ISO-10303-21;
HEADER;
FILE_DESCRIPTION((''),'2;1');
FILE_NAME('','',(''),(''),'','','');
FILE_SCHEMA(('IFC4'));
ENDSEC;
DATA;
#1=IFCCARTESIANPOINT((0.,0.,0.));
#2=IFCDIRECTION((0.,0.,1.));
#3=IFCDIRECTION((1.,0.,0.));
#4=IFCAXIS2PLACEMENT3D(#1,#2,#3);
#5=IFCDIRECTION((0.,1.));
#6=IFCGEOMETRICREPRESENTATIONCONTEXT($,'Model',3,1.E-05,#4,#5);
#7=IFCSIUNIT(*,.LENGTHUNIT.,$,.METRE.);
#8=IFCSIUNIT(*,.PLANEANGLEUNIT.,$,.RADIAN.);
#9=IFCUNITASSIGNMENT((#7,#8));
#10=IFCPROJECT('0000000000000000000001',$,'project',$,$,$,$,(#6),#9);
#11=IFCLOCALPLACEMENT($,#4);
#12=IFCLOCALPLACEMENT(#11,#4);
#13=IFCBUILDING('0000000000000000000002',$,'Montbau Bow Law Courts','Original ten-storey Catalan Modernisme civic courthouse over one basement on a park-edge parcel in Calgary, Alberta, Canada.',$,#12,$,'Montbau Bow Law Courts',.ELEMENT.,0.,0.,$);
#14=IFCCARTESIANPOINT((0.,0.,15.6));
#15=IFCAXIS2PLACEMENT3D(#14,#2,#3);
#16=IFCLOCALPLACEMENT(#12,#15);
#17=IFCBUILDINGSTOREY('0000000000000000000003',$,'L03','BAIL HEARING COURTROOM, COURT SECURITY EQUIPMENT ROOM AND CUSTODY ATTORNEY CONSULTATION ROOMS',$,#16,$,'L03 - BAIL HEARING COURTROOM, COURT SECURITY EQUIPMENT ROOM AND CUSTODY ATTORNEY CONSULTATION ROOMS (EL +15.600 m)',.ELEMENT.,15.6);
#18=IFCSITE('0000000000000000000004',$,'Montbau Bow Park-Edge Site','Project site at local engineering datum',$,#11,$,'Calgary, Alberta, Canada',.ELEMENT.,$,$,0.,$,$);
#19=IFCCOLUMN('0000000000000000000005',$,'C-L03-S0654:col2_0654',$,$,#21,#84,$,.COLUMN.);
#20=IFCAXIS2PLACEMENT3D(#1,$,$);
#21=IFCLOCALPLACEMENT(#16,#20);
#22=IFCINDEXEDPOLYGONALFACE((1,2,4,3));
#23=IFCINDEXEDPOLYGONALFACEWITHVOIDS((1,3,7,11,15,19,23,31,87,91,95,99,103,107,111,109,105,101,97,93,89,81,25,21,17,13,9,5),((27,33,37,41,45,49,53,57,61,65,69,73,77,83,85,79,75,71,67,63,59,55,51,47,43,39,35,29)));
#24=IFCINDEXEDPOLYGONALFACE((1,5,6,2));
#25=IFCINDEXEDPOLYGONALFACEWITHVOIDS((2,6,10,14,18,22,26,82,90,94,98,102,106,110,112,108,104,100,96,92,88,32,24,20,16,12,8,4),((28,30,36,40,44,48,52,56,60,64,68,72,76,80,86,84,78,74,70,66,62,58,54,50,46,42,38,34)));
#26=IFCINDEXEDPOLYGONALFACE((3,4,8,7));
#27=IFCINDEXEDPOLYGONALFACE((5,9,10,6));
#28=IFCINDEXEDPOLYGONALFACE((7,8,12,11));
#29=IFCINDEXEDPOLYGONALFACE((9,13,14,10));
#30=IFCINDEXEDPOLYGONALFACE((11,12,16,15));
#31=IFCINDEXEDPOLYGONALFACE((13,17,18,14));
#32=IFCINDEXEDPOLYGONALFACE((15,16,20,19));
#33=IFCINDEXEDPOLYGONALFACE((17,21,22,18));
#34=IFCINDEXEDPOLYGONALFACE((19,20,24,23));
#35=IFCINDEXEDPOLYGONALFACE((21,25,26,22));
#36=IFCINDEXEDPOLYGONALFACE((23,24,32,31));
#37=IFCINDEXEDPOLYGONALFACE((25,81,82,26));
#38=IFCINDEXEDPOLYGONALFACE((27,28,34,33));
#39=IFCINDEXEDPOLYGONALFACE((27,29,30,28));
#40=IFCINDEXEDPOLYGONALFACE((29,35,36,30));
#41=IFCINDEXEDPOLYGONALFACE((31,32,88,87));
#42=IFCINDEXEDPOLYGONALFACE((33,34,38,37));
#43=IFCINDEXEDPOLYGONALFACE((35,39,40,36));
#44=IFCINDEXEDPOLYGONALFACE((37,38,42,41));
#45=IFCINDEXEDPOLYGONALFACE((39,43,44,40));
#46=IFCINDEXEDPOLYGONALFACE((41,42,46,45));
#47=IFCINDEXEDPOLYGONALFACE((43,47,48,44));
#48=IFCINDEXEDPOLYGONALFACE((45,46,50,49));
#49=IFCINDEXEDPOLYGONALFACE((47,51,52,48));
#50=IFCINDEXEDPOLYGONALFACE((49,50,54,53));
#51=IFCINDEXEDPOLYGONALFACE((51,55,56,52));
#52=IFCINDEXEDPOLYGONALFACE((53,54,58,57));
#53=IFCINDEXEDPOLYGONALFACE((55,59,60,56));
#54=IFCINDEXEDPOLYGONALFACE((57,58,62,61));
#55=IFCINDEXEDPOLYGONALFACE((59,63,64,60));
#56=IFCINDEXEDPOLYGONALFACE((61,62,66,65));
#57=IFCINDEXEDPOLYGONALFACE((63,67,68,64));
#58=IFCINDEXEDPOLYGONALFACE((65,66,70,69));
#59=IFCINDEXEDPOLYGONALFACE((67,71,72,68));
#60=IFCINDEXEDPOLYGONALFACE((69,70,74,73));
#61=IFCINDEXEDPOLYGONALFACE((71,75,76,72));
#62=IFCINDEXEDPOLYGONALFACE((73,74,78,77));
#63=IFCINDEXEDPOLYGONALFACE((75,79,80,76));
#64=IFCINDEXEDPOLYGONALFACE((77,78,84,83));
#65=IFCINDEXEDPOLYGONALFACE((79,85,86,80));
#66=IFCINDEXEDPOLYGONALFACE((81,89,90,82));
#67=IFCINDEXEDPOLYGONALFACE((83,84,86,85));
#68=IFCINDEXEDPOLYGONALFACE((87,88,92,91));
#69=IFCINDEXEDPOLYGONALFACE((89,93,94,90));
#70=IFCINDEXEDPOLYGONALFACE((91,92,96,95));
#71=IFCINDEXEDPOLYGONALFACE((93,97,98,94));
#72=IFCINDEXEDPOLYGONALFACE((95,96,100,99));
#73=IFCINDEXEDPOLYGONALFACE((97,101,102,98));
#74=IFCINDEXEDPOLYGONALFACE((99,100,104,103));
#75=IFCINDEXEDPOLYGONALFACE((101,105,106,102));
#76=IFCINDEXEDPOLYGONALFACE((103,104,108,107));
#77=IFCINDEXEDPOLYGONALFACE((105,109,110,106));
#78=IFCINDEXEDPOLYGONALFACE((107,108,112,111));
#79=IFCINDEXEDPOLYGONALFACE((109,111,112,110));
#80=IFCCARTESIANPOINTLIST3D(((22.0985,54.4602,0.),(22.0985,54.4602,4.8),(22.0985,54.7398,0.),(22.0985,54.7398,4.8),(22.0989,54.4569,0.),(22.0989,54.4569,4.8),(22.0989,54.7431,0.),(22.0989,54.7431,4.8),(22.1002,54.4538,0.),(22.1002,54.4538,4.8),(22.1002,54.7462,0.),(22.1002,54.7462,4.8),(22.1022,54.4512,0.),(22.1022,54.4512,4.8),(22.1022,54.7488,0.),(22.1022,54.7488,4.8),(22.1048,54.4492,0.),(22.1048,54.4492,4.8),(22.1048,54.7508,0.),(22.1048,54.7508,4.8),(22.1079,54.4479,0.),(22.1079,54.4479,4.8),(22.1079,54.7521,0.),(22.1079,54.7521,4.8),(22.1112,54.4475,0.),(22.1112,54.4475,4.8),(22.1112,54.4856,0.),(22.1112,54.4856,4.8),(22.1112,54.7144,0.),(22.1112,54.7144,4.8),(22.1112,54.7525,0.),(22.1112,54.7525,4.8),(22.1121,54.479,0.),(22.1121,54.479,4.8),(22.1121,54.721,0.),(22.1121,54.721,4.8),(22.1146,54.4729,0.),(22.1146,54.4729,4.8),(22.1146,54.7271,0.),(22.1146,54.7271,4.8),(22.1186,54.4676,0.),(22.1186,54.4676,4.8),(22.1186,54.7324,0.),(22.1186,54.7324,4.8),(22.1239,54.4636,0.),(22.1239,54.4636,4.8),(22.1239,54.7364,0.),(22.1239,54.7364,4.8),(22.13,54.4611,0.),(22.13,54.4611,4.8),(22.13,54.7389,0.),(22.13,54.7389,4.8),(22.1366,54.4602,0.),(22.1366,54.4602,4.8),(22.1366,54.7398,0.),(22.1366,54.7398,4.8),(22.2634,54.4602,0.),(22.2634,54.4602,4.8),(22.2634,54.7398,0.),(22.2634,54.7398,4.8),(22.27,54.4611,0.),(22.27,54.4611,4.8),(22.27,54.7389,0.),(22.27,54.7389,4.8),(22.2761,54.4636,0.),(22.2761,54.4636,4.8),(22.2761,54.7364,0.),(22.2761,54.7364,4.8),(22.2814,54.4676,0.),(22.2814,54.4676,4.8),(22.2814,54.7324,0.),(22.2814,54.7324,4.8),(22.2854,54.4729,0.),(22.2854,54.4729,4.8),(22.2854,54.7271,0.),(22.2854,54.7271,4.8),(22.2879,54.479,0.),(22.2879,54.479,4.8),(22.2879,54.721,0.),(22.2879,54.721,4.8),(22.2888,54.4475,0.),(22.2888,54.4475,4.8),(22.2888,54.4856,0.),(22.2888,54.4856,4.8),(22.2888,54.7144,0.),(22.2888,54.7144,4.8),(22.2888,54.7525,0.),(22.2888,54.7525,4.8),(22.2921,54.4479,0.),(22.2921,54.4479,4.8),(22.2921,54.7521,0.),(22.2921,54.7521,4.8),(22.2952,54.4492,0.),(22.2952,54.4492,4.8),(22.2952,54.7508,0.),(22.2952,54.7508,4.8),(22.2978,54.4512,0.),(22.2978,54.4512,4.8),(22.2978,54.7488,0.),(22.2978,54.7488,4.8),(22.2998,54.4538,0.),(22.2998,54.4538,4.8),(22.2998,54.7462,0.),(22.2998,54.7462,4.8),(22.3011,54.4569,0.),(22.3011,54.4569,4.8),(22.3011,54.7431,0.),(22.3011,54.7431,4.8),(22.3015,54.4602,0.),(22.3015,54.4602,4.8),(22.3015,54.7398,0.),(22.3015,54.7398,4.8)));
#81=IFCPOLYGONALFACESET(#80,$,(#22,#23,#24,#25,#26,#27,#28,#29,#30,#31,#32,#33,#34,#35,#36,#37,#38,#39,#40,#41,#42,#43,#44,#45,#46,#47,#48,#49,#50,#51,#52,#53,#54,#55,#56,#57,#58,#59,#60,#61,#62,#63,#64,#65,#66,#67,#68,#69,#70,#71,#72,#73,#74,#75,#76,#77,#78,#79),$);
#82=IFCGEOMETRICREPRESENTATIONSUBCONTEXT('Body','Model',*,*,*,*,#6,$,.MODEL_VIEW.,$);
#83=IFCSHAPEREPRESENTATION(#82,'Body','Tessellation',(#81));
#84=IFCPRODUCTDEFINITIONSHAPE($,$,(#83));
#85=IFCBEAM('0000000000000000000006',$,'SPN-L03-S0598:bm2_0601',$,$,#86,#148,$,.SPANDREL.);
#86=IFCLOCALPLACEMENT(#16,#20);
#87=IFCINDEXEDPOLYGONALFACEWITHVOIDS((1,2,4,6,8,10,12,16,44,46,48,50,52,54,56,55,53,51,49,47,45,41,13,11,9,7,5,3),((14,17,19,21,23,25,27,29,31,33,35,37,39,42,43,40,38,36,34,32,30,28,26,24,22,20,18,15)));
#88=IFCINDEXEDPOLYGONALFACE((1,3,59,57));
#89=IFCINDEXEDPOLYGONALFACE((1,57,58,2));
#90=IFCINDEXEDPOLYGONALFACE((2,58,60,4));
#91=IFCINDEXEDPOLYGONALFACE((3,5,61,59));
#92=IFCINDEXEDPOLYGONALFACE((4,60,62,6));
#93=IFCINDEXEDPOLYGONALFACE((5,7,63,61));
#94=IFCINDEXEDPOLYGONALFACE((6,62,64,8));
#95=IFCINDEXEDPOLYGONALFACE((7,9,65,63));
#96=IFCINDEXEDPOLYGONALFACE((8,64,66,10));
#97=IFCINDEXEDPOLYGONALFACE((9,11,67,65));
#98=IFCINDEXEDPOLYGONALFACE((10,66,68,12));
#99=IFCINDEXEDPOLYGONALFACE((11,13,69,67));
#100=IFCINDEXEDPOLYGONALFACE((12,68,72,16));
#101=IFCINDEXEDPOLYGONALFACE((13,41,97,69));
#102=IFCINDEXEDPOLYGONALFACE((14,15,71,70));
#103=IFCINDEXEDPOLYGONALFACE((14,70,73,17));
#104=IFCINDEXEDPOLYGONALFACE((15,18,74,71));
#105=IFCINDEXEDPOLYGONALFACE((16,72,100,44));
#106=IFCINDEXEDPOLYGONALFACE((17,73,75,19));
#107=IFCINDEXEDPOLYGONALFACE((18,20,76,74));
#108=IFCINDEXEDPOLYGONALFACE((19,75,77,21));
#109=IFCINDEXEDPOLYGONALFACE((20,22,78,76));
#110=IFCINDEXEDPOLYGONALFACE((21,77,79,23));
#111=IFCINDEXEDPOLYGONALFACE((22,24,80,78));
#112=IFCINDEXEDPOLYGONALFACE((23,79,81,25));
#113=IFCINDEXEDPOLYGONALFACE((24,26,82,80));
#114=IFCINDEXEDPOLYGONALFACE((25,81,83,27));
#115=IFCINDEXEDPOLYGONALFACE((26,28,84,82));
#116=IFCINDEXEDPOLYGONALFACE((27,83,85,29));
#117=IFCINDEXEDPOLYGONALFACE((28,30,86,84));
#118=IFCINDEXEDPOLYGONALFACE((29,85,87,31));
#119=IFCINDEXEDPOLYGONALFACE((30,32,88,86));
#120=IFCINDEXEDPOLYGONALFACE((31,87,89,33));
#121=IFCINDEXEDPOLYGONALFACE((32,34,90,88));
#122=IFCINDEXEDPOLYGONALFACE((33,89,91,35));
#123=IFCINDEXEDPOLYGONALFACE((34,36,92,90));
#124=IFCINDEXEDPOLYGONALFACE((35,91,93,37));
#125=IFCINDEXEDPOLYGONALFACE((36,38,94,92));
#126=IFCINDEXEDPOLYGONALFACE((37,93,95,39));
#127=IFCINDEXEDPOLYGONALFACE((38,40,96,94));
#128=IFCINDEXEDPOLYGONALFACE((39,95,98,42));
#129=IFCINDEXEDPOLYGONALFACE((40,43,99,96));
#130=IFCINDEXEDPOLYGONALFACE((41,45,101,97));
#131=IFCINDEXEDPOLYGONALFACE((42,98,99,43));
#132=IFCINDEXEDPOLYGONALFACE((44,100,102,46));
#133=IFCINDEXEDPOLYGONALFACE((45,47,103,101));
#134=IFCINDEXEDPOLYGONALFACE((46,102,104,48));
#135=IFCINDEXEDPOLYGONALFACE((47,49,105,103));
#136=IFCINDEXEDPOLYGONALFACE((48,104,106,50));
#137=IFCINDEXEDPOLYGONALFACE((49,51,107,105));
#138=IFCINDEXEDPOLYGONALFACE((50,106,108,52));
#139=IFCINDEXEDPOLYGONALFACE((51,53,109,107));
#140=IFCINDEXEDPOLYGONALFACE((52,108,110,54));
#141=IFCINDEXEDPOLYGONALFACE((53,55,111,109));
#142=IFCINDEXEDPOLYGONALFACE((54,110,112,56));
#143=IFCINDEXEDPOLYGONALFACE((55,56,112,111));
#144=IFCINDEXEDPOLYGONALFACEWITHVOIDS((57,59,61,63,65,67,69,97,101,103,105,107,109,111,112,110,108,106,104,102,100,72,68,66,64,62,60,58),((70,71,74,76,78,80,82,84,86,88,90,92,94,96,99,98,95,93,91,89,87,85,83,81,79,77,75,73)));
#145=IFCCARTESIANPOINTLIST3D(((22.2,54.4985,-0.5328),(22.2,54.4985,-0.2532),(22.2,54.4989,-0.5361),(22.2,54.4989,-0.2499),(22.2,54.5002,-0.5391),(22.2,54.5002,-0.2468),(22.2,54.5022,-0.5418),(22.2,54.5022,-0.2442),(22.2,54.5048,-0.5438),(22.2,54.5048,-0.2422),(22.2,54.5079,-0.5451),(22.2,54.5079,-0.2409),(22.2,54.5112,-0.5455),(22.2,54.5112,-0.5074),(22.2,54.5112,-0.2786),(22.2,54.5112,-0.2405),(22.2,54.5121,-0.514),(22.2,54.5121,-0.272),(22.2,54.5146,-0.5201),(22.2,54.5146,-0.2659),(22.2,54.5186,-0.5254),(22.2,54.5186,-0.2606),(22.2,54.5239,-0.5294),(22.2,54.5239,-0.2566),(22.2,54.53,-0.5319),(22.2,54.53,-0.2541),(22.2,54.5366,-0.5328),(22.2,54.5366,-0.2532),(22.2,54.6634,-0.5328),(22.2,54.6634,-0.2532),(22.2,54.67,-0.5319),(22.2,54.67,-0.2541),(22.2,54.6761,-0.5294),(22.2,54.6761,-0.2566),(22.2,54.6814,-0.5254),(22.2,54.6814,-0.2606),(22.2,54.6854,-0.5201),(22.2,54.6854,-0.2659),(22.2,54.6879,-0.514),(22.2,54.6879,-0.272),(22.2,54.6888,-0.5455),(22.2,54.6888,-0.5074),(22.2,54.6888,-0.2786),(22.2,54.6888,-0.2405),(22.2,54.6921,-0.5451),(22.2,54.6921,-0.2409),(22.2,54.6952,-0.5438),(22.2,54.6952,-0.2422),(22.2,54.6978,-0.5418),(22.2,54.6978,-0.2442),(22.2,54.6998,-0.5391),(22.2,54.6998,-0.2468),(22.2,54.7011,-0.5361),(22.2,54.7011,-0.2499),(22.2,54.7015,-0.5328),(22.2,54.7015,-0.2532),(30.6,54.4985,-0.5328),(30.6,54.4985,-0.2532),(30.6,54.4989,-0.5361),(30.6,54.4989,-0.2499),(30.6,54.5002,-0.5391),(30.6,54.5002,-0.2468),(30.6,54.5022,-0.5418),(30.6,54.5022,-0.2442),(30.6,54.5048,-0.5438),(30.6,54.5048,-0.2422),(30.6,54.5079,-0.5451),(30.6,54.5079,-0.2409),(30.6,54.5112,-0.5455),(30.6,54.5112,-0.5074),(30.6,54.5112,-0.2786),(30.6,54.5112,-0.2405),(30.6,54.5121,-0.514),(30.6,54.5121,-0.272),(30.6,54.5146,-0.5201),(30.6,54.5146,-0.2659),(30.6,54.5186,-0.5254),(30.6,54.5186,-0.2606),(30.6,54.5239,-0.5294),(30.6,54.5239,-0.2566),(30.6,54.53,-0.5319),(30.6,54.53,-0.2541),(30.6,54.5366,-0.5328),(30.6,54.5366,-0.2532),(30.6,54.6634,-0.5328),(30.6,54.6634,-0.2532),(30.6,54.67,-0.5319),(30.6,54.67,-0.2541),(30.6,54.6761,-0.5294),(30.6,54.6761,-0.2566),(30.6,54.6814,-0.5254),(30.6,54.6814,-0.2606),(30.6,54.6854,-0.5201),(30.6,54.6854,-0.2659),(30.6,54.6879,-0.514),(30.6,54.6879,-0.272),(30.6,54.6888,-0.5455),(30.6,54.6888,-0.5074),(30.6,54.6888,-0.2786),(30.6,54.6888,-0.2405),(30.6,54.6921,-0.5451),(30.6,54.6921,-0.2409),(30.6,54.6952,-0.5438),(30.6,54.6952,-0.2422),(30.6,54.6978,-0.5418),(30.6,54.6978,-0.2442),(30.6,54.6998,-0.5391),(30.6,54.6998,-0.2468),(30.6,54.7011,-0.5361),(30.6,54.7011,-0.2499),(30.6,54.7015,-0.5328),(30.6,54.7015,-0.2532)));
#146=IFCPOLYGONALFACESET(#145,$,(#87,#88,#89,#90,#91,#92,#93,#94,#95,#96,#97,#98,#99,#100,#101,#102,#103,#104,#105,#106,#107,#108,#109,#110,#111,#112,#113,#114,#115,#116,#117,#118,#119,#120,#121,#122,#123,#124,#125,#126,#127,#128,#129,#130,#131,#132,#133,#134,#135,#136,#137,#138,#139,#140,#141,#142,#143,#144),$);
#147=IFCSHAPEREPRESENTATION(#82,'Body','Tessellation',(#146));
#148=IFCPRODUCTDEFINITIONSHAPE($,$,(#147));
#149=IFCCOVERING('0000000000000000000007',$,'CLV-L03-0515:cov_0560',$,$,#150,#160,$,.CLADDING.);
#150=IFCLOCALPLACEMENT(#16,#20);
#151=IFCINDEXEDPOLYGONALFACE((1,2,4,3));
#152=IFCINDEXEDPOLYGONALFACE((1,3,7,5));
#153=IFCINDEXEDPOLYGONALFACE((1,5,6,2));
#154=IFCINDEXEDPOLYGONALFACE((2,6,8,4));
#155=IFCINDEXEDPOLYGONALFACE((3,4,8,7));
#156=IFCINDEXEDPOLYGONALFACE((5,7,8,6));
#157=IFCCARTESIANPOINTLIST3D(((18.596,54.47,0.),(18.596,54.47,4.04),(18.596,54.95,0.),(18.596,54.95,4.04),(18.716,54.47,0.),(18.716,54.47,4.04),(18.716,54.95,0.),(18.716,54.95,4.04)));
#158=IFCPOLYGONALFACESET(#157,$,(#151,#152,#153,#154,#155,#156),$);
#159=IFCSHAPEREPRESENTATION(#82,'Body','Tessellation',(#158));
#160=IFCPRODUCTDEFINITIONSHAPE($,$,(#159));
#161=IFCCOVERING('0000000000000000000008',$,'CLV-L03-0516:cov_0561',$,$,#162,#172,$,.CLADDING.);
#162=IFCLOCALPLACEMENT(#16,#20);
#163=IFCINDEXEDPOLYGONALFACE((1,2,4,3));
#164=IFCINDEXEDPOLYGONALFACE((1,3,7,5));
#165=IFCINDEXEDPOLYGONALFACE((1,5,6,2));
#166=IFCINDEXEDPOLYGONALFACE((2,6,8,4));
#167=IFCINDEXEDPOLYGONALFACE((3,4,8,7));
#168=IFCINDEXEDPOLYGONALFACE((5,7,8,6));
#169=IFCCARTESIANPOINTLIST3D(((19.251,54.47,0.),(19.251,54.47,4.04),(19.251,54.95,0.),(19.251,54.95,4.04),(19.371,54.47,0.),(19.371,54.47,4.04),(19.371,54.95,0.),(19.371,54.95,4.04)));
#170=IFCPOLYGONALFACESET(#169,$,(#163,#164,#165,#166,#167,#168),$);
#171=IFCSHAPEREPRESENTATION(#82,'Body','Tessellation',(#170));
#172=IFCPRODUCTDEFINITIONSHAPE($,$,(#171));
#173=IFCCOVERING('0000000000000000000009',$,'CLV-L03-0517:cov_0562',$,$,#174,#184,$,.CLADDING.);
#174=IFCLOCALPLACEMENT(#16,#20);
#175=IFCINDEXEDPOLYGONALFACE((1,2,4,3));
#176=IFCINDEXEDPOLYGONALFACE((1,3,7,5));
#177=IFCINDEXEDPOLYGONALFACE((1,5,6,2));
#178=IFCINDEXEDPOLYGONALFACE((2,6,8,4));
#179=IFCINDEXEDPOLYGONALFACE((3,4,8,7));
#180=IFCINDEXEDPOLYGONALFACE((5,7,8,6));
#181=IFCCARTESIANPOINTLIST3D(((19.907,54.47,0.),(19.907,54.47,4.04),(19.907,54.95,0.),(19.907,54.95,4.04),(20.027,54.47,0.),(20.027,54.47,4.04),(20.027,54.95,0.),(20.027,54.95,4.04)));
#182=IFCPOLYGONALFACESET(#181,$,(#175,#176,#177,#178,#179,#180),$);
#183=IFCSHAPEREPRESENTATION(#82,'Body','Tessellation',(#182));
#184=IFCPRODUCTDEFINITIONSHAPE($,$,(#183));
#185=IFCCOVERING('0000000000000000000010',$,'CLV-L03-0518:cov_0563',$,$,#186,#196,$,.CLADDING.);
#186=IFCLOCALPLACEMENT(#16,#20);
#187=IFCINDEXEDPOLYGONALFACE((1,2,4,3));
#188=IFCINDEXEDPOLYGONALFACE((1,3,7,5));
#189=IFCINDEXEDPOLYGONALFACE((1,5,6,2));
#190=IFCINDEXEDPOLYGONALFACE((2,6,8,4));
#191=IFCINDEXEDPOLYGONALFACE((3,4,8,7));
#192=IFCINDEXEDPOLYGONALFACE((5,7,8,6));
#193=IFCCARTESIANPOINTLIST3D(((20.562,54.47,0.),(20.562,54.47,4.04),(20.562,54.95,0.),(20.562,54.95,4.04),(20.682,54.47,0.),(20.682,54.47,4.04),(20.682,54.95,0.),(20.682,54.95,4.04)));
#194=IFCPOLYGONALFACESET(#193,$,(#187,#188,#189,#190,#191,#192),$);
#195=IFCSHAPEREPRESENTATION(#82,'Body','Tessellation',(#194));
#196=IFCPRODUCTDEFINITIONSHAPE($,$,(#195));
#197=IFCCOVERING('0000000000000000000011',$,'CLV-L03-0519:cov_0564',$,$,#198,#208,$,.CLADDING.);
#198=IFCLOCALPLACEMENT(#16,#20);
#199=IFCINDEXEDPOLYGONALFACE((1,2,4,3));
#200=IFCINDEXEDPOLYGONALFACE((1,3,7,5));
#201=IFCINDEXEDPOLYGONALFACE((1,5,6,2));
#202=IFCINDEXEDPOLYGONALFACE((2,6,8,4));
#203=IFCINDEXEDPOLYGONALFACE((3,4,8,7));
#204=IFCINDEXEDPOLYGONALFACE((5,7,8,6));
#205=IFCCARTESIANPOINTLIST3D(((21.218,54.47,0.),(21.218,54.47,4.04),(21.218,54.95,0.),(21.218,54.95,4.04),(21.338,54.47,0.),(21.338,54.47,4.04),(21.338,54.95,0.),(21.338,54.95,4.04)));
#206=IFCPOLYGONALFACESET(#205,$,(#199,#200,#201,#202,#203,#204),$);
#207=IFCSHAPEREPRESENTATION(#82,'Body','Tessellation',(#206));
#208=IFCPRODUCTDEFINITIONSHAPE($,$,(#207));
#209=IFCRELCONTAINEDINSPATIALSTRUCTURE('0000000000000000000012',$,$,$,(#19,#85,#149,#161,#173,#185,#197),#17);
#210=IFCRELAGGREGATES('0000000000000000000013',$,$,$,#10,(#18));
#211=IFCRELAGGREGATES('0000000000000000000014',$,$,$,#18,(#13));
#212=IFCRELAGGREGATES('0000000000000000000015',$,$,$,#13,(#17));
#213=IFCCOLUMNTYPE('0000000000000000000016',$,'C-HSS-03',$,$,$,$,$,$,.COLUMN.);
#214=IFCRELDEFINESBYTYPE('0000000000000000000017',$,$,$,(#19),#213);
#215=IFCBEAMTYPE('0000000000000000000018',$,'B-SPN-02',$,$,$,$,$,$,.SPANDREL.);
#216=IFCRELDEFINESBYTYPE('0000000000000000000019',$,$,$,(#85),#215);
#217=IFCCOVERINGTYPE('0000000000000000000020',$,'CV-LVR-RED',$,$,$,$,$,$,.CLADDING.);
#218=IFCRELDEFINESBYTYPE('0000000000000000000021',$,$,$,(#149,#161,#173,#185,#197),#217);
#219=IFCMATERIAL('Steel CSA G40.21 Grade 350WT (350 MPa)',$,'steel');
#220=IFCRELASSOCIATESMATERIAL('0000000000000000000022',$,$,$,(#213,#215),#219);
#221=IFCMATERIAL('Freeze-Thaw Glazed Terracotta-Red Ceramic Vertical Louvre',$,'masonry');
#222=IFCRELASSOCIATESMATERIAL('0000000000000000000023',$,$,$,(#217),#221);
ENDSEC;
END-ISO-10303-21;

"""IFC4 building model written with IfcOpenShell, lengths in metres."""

from ifc_helpers import new_model, si_unit, direction, frame, frame_2d, origin_with_axes, origin_2d_with_axis, place, context, subcontext, project, spatial, rectangle, hollow_rectangle, extrude, material, material_profile, profile_set, type_object, element, save


model = new_model("IFC4")

# Units and contexts
model_context = context("Model", 3, precision=1e-05, world=origin_with_axes(), true_north=direction((0.0, 1.0)))
body_context = subcontext(model_context, "Body", "Model", "MODEL_VIEW")
ifc_project = project(units=[si_unit("LENGTHUNIT", "METRE"), si_unit("PLANEANGLEUNIT", "RADIAN")], contexts=[model_context])

# Site, building, storey
site_placement = place(None, origin_with_axes())
site = spatial("IfcSite", under=ifc_project, at=site_placement, Name="Montbau Bow Park-Edge Site", Description="Project site at local engineering datum", LongName="Calgary, Alberta, Canada", CompositionType="ELEMENT", RefElevation=0.0)
building_placement = place(site_placement, origin_with_axes())
building = spatial("IfcBuilding", under=site, at=building_placement, Name="Montbau Bow Law Courts", Description="Original ten-storey Catalan Modernisme civic courthouse over one basement on a park-edge parcel in Calgary, Alberta, Canada.", LongName="Montbau Bow Law Courts", CompositionType="ELEMENT", ElevationOfRefHeight=0.0, ElevationOfTerrain=0.0)
storey_placement = place(building_placement, frame((0.0, 0.0, 15.6), z_axis=(0.0, 0.0, 1.0), x_axis=(1.0, 0.0, 0.0)))
storey = spatial("IfcBuildingStorey", under=building, at=storey_placement, Name="L03", Description="BAIL HEARING COURTROOM, COURT SECURITY EQUIPMENT ROOM AND CUSTODY ATTORNEY CONSULTATION ROOMS", LongName="L03 - BAIL HEARING COURTROOM, COURT SECURITY EQUIPMENT ROOM AND CUSTODY ATTORNEY CONSULTATION ROOMS (EL +15.600 m)", CompositionType="ELEMENT", Elevation=15.6)

# Column
ifc_material_1 = material(Name="Steel CSA G40.21 Grade 350WT (350 MPa)", Category="steel")
ifc_material_profile_1 = material_profile(ifc_material_1, hollow_rectangle(XDim=0.203, YDim=0.305, WallThickness=0.0127, InnerFilletRadius=0.0254, OuterFilletRadius=0.0127, at=origin_2d_with_axis()), Name="HSS305X203X13", Category="Main", Priority=0)
ifc_profile_set_1 = profile_set([ifc_material_profile_1], Name="Steel CSA G40.21 Grade 350WT (350 MPa)")
column_type = type_object("IfcColumnType", Name="C-HSS-03", PredefinedType="COLUMN", material=ifc_profile_set_1)
column_placement = place(None, frame((22.2, 54.6, 15.6), z_axis=(0.0, 0.0, 1.0), x_axis=(1.0, 0.0, 0.0)))
element("IfcColumn", 1, at=column_placement, inside=storey, type_object=column_type, Name="C-L03-S0654:col2_0654", PredefinedType="COLUMN", context=body_context, shape_type="SweptSolid", body=[
    extrude(hollow_rectangle(XDim=0.203, YDim=0.305, WallThickness=0.0127, InnerFilletRadius=0.0254, OuterFilletRadius=0.0127, at=origin_2d_with_axis()), origin_with_axes(), (0.0, 0.0, 1.0), 4.8),
])

# Beam
ifc_material_profile_2 = material_profile(ifc_material_1, hollow_rectangle(XDim=0.203, YDim=0.305, WallThickness=0.0127, InnerFilletRadius=0.0254, OuterFilletRadius=0.0127, at=origin_2d_with_axis()), Name="HSS305X203X13", Category="Main", Priority=0)
ifc_profile_set_2 = profile_set([ifc_material_profile_2], Name="Steel CSA G40.21 Grade 350WT (350 MPa)")
beam_type = type_object("IfcBeamType", Name="B-SPN-02", PredefinedType="SPANDREL", material=ifc_profile_set_2)
beam_placement = place(None, frame((22.2, 54.6, 15.207), z_axis=(1.0, 0.0, 0.0), x_axis=(0.0, 1.0, 0.0)))
element("IfcBeam", 2, at=beam_placement, inside=storey, type_object=beam_type, Name="SPN-L03-S0598:bm2_0601", PredefinedType="SPANDREL", context=body_context, shape_type="SweptSolid", body=[
    extrude(hollow_rectangle(XDim=0.203, YDim=0.305, WallThickness=0.0127, InnerFilletRadius=0.0254, OuterFilletRadius=0.0127, at=origin_2d_with_axis()), origin_with_axes(), (0.0, 0.0, 1.0), 8.4),
])

# Coverings
ifc_material_2 = material(Name="Freeze-Thaw Glazed Terracotta-Red Ceramic Vertical Louvre", Category="masonry")
covering_type = type_object("IfcCoveringType", Name="CV-LVR-RED", PredefinedType="CLADDING", material=ifc_material_2)
for number, where, z_axis, x_axis, name in (
    (3, (18.656, 54.47, 15.6), (1.0, 0.0, 0.0), (0.0, 1.0, 0.0), "CLV-L03-0515:cov_0560"),
    (4, (19.311, 54.47, 15.6), (1.0, 0.0, 0.0), (0.0, 1.0, 0.0), "CLV-L03-0516:cov_0561"),
    (5, (19.967, 54.47, 15.6), (1.0, 0.0, 0.0), (0.0, 1.0, 0.0), "CLV-L03-0517:cov_0562"),
    (6, (20.622, 54.47, 15.6), (1.0, 0.0, 0.0), (0.0, 1.0, 0.0), "CLV-L03-0518:cov_0563"),
    (7, (21.278, 54.47, 15.6), (1.0, 0.0, 0.0), (0.0, 1.0, 0.0), "CLV-L03-0519:cov_0564"),
):
    element("IfcCovering", number, at=place(None, frame(where, z_axis=z_axis, x_axis=x_axis)), inside=storey, type_object=covering_type, Name=name, PredefinedType="CLADDING", context=body_context, shape_type="SweptSolid", body=[
        extrude(rectangle(XDim=0.48, YDim=4.04, at=frame_2d((0.24, 2.02), x_axis=(1.0, 0.0))), frame((0.0, 0.0, -0.06), z_axis=(0.0, 0.0, 1.0), x_axis=(1.0, 0.0, 0.0)), (0.0, 0.0, 1.0), 0.12),
    ])

save(model, "model.ifc")
